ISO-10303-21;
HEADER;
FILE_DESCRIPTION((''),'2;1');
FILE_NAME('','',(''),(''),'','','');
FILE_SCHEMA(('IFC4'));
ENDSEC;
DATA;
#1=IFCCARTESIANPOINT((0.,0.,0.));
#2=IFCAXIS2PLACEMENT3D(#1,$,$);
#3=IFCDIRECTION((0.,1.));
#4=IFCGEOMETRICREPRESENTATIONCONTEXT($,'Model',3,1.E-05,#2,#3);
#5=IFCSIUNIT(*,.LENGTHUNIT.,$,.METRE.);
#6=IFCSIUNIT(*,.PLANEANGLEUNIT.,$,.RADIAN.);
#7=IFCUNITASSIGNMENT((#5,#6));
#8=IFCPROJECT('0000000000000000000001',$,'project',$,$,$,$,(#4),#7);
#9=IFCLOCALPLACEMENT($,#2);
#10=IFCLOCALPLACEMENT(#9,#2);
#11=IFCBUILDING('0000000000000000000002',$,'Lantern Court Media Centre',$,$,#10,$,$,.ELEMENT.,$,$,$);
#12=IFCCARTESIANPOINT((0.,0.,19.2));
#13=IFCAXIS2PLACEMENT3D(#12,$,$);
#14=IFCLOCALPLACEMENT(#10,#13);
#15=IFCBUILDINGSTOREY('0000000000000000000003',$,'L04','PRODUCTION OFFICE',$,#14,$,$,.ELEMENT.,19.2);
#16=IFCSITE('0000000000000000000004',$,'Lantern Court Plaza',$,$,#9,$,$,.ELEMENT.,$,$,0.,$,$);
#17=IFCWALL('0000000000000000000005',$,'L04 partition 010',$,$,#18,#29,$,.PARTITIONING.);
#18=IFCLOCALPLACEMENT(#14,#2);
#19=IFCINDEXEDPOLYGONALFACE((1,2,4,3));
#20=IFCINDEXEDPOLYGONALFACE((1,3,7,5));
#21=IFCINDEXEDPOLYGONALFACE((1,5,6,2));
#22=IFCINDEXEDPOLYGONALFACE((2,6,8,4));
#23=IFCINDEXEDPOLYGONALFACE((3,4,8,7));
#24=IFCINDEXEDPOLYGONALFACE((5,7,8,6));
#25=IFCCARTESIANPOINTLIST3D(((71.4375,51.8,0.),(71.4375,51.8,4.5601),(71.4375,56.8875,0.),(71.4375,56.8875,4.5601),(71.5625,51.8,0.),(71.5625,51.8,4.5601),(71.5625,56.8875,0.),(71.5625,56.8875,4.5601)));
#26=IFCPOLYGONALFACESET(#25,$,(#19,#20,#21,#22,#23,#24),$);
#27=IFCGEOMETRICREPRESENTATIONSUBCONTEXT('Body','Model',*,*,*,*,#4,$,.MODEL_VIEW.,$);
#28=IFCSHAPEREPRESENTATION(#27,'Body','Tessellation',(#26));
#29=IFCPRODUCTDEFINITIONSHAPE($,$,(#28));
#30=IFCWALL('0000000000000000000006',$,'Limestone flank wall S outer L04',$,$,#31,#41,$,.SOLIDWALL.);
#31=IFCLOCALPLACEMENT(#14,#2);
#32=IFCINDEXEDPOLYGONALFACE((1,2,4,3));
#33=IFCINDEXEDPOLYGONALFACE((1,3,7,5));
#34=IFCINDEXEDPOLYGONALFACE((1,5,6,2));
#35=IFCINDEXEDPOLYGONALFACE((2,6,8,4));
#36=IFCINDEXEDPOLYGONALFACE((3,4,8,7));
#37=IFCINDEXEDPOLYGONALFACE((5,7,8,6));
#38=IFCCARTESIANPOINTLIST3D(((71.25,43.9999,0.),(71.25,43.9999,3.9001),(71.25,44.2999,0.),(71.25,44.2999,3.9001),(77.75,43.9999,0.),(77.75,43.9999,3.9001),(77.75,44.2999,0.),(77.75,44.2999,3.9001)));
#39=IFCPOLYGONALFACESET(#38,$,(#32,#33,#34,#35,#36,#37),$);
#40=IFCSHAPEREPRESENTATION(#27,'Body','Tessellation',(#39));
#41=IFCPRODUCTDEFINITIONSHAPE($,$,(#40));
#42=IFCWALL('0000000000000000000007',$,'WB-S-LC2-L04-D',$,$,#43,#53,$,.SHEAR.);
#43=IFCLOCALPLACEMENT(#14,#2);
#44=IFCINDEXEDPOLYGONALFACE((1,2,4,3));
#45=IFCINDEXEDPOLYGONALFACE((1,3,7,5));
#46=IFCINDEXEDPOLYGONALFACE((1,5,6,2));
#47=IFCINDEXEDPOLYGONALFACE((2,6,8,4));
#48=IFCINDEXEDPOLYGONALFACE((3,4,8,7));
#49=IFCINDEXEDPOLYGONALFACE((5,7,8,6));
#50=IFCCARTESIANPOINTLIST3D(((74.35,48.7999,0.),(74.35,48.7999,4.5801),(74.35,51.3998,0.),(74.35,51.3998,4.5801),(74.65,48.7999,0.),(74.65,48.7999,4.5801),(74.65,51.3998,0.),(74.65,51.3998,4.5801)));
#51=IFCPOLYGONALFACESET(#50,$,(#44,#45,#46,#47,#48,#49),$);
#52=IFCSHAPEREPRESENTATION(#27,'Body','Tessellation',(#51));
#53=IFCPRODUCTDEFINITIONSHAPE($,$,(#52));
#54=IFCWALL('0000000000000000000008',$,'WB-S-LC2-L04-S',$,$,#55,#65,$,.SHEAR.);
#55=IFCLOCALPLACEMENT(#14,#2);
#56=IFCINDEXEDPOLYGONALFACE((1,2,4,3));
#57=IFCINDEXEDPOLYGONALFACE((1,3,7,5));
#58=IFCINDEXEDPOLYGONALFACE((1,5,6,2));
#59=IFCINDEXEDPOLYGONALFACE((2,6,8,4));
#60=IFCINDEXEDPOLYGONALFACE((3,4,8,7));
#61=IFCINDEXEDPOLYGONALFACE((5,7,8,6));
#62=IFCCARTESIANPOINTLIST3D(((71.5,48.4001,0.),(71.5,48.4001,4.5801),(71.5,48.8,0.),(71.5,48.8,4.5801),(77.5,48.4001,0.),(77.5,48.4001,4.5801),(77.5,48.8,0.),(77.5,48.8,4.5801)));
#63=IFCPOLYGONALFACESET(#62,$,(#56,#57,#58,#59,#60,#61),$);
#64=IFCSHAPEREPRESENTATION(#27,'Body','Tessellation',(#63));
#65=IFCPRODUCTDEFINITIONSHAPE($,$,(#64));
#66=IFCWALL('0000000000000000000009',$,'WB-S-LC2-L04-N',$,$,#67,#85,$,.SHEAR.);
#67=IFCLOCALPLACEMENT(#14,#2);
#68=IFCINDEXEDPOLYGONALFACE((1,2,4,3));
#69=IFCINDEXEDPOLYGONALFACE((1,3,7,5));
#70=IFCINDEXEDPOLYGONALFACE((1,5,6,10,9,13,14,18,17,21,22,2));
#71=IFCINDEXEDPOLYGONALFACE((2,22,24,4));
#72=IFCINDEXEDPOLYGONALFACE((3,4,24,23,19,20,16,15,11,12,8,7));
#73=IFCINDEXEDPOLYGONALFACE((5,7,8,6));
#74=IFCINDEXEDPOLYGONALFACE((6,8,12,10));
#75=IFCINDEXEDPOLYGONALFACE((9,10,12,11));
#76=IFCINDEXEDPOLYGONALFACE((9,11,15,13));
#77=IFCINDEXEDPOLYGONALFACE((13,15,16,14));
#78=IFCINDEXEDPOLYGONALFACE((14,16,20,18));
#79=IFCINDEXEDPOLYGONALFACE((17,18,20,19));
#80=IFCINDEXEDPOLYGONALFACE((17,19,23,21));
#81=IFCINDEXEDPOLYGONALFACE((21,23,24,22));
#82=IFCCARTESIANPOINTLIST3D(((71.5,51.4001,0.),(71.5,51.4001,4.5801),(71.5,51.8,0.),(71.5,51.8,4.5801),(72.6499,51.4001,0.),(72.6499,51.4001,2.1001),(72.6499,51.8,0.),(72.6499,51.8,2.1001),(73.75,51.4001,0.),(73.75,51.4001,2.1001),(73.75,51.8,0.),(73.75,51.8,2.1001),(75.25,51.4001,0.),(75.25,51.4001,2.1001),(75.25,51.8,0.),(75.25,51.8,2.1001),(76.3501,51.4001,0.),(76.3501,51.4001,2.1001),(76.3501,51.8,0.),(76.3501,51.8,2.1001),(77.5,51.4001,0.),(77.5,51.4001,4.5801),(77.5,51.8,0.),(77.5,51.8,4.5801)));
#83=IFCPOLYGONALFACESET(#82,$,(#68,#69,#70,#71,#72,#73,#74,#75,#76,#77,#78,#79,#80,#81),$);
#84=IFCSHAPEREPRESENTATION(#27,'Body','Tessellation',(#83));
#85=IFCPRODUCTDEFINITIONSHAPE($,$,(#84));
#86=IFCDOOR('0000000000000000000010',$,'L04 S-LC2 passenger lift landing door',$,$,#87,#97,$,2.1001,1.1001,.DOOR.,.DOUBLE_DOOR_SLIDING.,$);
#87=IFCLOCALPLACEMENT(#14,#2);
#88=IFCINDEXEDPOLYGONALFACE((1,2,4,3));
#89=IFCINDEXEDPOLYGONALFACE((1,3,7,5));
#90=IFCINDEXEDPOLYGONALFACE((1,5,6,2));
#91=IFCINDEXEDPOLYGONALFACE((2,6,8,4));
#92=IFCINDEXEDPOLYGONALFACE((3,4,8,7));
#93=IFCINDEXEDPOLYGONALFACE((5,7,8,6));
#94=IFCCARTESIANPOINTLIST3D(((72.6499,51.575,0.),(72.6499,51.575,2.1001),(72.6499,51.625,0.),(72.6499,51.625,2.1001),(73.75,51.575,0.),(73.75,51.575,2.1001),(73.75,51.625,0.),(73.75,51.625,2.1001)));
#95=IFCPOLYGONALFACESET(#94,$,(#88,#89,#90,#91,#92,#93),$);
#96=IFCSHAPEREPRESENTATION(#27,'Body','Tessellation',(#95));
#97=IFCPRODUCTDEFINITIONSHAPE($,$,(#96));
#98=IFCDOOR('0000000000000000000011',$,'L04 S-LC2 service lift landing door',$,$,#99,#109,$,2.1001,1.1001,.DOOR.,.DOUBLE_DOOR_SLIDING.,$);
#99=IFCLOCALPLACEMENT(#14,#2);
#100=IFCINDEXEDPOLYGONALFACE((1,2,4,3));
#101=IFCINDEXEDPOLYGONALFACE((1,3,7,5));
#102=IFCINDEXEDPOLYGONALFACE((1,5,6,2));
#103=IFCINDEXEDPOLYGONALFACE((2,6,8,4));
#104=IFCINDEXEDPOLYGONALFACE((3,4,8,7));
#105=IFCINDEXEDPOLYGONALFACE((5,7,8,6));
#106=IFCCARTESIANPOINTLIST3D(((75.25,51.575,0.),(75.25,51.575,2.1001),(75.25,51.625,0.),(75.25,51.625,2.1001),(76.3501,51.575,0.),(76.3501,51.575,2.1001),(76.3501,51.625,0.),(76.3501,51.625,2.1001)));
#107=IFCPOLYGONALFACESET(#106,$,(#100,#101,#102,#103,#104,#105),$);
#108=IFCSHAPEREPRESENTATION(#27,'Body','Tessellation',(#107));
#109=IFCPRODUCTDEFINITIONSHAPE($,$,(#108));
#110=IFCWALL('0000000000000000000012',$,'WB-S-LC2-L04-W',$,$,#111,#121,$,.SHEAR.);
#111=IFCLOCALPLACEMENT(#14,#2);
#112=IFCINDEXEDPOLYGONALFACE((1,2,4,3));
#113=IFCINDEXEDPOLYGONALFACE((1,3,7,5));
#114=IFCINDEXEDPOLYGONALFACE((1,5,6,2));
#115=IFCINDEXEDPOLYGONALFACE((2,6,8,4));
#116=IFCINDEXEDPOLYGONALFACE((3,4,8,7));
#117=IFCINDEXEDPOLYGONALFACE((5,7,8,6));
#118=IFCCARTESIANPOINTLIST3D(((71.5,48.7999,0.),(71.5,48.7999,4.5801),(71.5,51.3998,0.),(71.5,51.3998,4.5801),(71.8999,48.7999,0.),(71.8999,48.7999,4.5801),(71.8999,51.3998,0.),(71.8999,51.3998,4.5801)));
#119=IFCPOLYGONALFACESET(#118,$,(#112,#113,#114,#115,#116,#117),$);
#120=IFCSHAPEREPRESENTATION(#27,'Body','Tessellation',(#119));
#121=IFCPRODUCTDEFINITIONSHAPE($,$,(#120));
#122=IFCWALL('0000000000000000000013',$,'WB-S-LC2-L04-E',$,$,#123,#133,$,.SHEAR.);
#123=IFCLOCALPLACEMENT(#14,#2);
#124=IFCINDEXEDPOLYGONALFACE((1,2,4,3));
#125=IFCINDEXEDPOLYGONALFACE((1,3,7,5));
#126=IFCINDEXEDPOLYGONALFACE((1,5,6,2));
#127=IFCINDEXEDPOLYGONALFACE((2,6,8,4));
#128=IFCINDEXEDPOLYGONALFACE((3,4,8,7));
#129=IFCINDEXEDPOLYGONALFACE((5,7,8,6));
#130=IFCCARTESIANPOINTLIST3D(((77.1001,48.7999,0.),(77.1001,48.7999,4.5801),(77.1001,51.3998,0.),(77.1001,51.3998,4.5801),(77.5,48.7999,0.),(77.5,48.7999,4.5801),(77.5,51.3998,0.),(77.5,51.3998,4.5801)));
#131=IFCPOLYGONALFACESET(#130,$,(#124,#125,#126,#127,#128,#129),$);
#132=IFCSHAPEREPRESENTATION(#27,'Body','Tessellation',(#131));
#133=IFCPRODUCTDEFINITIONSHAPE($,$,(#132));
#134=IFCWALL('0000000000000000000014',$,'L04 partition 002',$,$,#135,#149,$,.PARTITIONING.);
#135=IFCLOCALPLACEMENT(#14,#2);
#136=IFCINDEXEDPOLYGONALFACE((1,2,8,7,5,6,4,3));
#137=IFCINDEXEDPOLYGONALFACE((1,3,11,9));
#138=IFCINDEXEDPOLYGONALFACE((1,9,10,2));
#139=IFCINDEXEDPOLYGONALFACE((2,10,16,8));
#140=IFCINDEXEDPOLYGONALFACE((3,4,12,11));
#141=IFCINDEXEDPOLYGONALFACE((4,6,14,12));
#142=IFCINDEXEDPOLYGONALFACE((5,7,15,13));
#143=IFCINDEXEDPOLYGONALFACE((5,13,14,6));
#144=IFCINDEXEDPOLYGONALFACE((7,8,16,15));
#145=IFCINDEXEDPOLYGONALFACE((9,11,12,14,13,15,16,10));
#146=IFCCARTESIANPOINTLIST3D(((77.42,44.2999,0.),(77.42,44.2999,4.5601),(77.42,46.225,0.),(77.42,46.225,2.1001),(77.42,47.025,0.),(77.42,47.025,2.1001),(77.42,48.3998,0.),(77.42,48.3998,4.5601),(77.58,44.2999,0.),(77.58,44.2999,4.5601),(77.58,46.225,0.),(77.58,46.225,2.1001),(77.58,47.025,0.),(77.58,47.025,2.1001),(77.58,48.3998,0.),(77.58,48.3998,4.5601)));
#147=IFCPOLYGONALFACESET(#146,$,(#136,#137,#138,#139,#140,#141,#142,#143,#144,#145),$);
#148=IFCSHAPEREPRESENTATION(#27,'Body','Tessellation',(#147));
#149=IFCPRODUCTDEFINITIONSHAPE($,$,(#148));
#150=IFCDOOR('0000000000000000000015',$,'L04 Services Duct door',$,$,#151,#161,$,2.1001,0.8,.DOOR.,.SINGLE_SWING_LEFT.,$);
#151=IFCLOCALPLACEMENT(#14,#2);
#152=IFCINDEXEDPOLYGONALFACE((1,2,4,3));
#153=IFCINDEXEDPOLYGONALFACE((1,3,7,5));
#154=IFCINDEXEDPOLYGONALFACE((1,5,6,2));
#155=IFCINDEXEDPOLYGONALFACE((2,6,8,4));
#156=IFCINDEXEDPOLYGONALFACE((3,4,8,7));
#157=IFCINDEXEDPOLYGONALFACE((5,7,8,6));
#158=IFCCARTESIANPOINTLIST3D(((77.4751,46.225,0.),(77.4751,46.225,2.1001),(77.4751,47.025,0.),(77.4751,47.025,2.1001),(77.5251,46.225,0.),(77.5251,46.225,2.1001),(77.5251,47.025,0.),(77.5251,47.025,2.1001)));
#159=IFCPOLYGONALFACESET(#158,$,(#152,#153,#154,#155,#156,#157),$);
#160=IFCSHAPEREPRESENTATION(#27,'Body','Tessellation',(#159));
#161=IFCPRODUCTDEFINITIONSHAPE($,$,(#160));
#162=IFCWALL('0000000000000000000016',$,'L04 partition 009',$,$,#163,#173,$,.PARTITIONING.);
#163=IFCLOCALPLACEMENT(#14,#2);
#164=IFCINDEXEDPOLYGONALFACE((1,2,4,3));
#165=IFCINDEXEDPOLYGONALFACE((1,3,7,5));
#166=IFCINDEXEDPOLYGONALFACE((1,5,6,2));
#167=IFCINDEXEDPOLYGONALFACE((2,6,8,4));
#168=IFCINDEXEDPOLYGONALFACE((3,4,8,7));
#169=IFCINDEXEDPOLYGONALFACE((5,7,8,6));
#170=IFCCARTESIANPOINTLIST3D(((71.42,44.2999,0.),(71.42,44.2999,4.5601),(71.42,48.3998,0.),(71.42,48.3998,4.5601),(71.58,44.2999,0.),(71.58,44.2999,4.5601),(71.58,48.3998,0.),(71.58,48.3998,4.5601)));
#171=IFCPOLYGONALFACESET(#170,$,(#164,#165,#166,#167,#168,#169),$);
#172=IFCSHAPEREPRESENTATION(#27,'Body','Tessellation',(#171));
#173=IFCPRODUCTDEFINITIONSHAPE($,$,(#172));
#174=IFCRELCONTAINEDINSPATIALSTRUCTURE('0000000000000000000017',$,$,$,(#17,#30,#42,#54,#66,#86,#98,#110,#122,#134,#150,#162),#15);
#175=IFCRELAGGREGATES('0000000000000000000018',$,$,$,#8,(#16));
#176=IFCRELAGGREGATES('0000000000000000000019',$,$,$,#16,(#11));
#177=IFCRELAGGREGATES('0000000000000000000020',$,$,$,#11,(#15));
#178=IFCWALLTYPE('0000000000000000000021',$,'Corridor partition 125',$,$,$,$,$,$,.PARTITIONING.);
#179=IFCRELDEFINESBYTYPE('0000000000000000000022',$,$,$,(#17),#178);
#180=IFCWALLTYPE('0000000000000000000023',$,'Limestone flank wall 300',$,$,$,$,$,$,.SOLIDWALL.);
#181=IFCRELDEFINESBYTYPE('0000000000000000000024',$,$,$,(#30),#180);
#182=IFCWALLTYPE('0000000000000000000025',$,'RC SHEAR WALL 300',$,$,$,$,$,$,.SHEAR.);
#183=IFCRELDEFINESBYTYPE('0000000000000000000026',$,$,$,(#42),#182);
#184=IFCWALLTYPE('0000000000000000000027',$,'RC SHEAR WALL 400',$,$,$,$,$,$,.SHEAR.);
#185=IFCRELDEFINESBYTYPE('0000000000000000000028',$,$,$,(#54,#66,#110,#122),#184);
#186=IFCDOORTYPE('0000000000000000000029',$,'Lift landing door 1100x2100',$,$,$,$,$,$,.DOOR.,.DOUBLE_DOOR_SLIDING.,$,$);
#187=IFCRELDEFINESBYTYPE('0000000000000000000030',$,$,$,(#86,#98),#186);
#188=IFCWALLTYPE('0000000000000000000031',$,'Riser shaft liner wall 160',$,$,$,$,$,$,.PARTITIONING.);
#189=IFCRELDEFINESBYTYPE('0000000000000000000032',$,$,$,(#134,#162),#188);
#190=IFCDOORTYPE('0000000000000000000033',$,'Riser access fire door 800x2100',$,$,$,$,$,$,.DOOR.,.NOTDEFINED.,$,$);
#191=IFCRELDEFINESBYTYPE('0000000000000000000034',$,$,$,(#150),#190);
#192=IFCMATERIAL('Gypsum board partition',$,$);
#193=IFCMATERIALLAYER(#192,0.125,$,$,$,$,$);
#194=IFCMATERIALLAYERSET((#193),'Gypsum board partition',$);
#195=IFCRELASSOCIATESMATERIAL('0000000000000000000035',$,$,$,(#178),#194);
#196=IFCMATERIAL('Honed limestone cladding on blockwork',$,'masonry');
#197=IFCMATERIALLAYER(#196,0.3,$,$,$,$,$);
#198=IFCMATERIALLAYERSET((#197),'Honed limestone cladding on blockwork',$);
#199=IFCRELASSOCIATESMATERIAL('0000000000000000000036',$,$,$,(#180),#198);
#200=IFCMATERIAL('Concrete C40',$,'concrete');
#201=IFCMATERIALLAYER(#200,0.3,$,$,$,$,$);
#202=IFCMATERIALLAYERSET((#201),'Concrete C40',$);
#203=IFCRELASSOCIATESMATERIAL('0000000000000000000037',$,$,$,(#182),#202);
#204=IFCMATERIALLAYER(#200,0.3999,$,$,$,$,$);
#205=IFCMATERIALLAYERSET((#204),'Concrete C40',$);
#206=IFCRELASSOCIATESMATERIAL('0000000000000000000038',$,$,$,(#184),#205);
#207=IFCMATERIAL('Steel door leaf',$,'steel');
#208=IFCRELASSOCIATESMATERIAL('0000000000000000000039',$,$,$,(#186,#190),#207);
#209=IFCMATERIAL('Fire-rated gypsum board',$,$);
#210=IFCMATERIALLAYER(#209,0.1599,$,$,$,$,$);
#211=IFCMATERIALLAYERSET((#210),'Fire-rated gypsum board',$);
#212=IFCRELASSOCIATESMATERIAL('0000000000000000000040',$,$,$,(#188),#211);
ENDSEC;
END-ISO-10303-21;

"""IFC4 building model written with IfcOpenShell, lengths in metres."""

from ifc_helpers import new_model, si_unit, direction, frame, frame_2d, origin, place, context, subcontext, project, spatial, rectangle, extrude, material, layer, layer_set, type_object, element, fill, save


model = new_model("IFC4")

# Units and contexts
model_context = context("Model", 3, precision=1e-05, world=origin(), true_north=direction((0.0, 1.0)))
body_context = subcontext(model_context, "Body", "Model", "MODEL_VIEW")
ifc_project = project(units=[si_unit("LENGTHUNIT", "METRE"), si_unit("PLANEANGLEUNIT", "RADIAN")], contexts=[model_context])

# Site, building, storey
site_placement = place(None, origin())
site = spatial("IfcSite", under=ifc_project, at=site_placement, Name="Lantern Court Plaza", CompositionType="ELEMENT", RefElevation=0.0)
building_placement = place(site_placement, origin())
building = spatial("IfcBuilding", under=site, at=building_placement, Name="Lantern Court Media Centre", CompositionType="ELEMENT")
storey_placement = place(building_placement, frame((0.0, 0.0, 19.2)))
storey = spatial("IfcBuildingStorey", under=building, at=storey_placement, Name="L04", Description="PRODUCTION OFFICE", CompositionType="ELEMENT", Elevation=19.2)

# Walls
ifc_material_1 = material(Name="Gypsum board partition")
ifc_layer_1 = layer(ifc_material_1, 0.125)
ifc_layer_set_1 = layer_set([ifc_layer_1], Name="Gypsum board partition")
wall_type_1 = type_object("IfcWallType", Name="Corridor partition 125", PredefinedType="PARTITIONING", material=ifc_layer_set_1)
wall_1_placement = place(storey_placement, frame((71.5, 51.8, 0.0), z_axis=(0.0, 0.0, 1.0), x_axis=(0.0, 1.0, 0.0)))
element("IfcWall", 1, at=wall_1_placement, inside=storey, type_object=wall_type_1, Name="L04 partition 010", PredefinedType="PARTITIONING", context=body_context, shape_type="SweptSolid", body=[
    extrude(rectangle(XDim=5.0874, YDim=0.125, at=frame_2d((2.5437, 0.0))), origin(), (0.0, 0.0, 1.0), 4.5601),
])
ifc_material_2 = material(Name="Honed limestone cladding on blockwork", Category="masonry")
ifc_layer_2 = layer(ifc_material_2, 0.3)
ifc_layer_set_2 = layer_set([ifc_layer_2], Name="Honed limestone cladding on blockwork")
wall_type_2 = type_object("IfcWallType", Name="Limestone flank wall 300", PredefinedType="SOLIDWALL", material=ifc_layer_set_2)
wall_2_placement = place(storey_placement, frame((71.25, 44.1499, 0.0), z_axis=(0.0, 0.0, 1.0), x_axis=(1.0, 0.0, 0.0)))
element("IfcWall", 2, at=wall_2_placement, inside=storey, type_object=wall_type_2, Name="Limestone flank wall S outer L04", PredefinedType="SOLIDWALL", context=body_context, shape_type="SweptSolid", body=[
    extrude(rectangle(XDim=6.5, YDim=0.3, at=frame_2d((3.25, 0.0))), origin(), (0.0, 0.0, 1.0), 3.9001),
])
ifc_material_3 = material(Name="Concrete C40", Category="concrete")
ifc_layer_3 = layer(ifc_material_3, 0.3)
ifc_layer_set_3 = layer_set([ifc_layer_3], Name="Concrete C40")
wall_type_3 = type_object("IfcWallType", Name="RC SHEAR WALL 300", PredefinedType="SHEAR", material=ifc_layer_set_3)
wall_3_placement = place(storey_placement, frame((74.5, 48.8, 0.0), z_axis=(0.0, 0.0, 1.0), x_axis=(0.0, 1.0, 0.0)))
element("IfcWall", 3, at=wall_3_placement, inside=storey, type_object=wall_type_3, Name="WB-S-LC2-L04-D", PredefinedType="SHEAR", context=body_context, shape_type="SweptSolid", body=[
    extrude(rectangle(XDim=2.5999, YDim=0.3, at=frame_2d((1.2998, 0.0))), origin(), (0.0, 0.0, 1.0), 4.5801),
])
ifc_layer_4 = layer(ifc_material_3, 0.3999)
ifc_layer_set_4 = layer_set([ifc_layer_4], Name="Concrete C40")
wall_type_4 = type_object("IfcWallType", Name="RC SHEAR WALL 400", PredefinedType="SHEAR", material=ifc_layer_set_4)
wall_4_placement = place(storey_placement, frame((71.5, 48.6001, 0.0), z_axis=(0.0, 0.0, 1.0), x_axis=(1.0, 0.0, 0.0)))
element("IfcWall", 4, at=wall_4_placement, inside=storey, type_object=wall_type_4, Name="WB-S-LC2-L04-S", PredefinedType="SHEAR", context=body_context, shape_type="SweptSolid", body=[
    extrude(rectangle(XDim=6.0, YDim=0.3999, at=frame_2d((3.0, 0.0))), origin(), (0.0, 0.0, 1.0), 4.5801),
])

# Wall, openings, doors
wall_5_placement = place(storey_placement, frame((71.5, 51.6001, 0.0), z_axis=(0.0, 0.0, 1.0), x_axis=(1.0, 0.0, 0.0)))
wall_5 = element("IfcWall", 5, at=wall_5_placement, inside=storey, type_object=wall_type_4, Name="WB-S-LC2-L04-N", PredefinedType="SHEAR", context=body_context, shape_type="SweptSolid", body=[
    extrude(rectangle(XDim=6.0, YDim=0.3999, at=frame_2d((3.0, 0.0))), origin(), (0.0, 0.0, 1.0), 4.5801),
])
opening_1_placement = place(wall_5_placement, frame((1.1499, 0.0, 0.0)))
opening_1 = element("IfcOpeningElement", 6, at=opening_1_placement, cuts=wall_5, PredefinedType="OPENING", context=body_context, shape_type="SweptSolid", body=[
    extrude(rectangle(XDim=1.1001, YDim=2.1001, at=frame_2d((0.55, 1.05))), frame((0.0, 0.21, 0.0), z_axis=(0.0, -1.0, 0.0), x_axis=(1.0, 0.0, 0.0)), (0.0, 0.0, 1.0), 0.4199),
])
opening_2_placement = place(wall_5_placement, frame((3.75, 0.0, 0.0)))
opening_2 = element("IfcOpeningElement", 7, at=opening_2_placement, cuts=wall_5, PredefinedType="OPENING", context=body_context, shape_type="SweptSolid", body=[
    extrude(rectangle(XDim=1.1001, YDim=2.1001, at=frame_2d((0.55, 1.05))), frame((0.0, 0.21, 0.0), z_axis=(0.0, -1.0, 0.0), x_axis=(1.0, 0.0, 0.0)), (0.0, 0.0, 1.0), 0.4199),
])
ifc_material_4 = material(Name="Steel door leaf", Category="steel")
door_type_1 = type_object("IfcDoorType", Name="Lift landing door 1100x2100", OperationType="DOUBLE_DOOR_SLIDING", PredefinedType="DOOR", material=ifc_material_4)
door_1_placement = place(opening_1_placement, origin())
door_1 = element("IfcDoor", 8, at=door_1_placement, inside=storey, type_object=door_type_1, Name="L04 S-LC2 passenger lift landing door", OperationType="DOUBLE_DOOR_SLIDING", OverallHeight=2.1001, OverallWidth=1.1001, PredefinedType="DOOR", context=body_context, shape_type="SweptSolid", body=[
    extrude(rectangle(XDim=1.1001, YDim=2.1001, at=frame_2d((0.55, 1.05))), frame((0.0, 0.0249, 0.0), z_axis=(0.0, -1.0, 0.0), x_axis=(1.0, 0.0, 0.0)), (0.0, 0.0, 1.0), 0.05),
])
fill(opening_1, door_1)
door_2_placement = place(opening_2_placement, origin())
door_2 = element("IfcDoor", 9, at=door_2_placement, inside=storey, type_object=door_type_1, Name="L04 S-LC2 service lift landing door", OperationType="DOUBLE_DOOR_SLIDING", OverallHeight=2.1001, OverallWidth=1.1001, PredefinedType="DOOR", context=body_context, shape_type="SweptSolid", body=[
    extrude(rectangle(XDim=1.1001, YDim=2.1001, at=frame_2d((0.55, 1.05))), frame((0.0, 0.0249, 0.0), z_axis=(0.0, -1.0, 0.0), x_axis=(1.0, 0.0, 0.0)), (0.0, 0.0, 1.0), 0.05),
])
fill(opening_2, door_2)

# Walls
for number, where, z_axis, x_axis, name in (
    (10, (71.7, 48.8, 0.0), (0.0, 0.0, 1.0), (0.0, 1.0, 0.0), "WB-S-LC2-L04-W"),
    (11, (77.3, 48.8, 0.0), (0.0, 0.0, 1.0), (0.0, 1.0, 0.0), "WB-S-LC2-L04-E"),
):
    element("IfcWall", number, at=place(storey_placement, frame(where, z_axis=z_axis, x_axis=x_axis)), inside=storey, type_object=wall_type_4, Name=name, PredefinedType="SHEAR", context=body_context, shape_type="SweptSolid", body=[
        extrude(rectangle(XDim=2.5999, YDim=0.3999, at=frame_2d((1.2998, 0.0))), origin(), (0.0, 0.0, 1.0), 4.5801),
    ])

# Wall, opening, door
ifc_material_5 = material(Name="Fire-rated gypsum board")
ifc_layer_5 = layer(ifc_material_5, 0.1599)
ifc_layer_set_5 = layer_set([ifc_layer_5], Name="Fire-rated gypsum board")
wall_type_5 = type_object("IfcWallType", Name="Riser shaft liner wall 160", PredefinedType="PARTITIONING", material=ifc_layer_set_5)
wall_6_placement = place(storey_placement, frame((77.5, 44.3, 0.0), z_axis=(0.0, 0.0, 1.0), x_axis=(0.0, 1.0, 0.0)))
wall_6 = element("IfcWall", 12, at=wall_6_placement, inside=storey, type_object=wall_type_5, Name="L04 partition 002", PredefinedType="PARTITIONING", context=body_context, shape_type="SweptSolid", body=[
    extrude(rectangle(XDim=4.0999, YDim=0.1599, at=frame_2d((2.0498, 0.0))), origin(), (0.0, 0.0, 1.0), 4.5601),
])
opening_3_placement = place(wall_6_placement, frame((1.925, 0.0, 0.0)))
opening_3 = element("IfcOpeningElement", 13, at=opening_3_placement, cuts=wall_6, PredefinedType="OPENING", context=body_context, shape_type="SweptSolid", body=[
    extrude(rectangle(XDim=0.8, YDim=2.1001, at=frame_2d((0.3999, 1.05))), frame((0.0, 0.0898, 0.0), z_axis=(0.0, -1.0, 0.0), x_axis=(1.0, 0.0, 0.0)), (0.0, 0.0, 1.0), 0.1799),
])
door_type_2 = type_object("IfcDoorType", Name="Riser access fire door 800x2100", OperationType="NOTDEFINED", PredefinedType="DOOR", material=ifc_material_4)
door_3_placement = place(opening_3_placement, origin())
door_3 = element("IfcDoor", 14, at=door_3_placement, inside=storey, type_object=door_type_2, Name="L04 Services Duct door", OperationType="SINGLE_SWING_LEFT", OverallHeight=2.1001, OverallWidth=0.8, PredefinedType="DOOR", context=body_context, shape_type="SweptSolid", body=[
    extrude(rectangle(XDim=0.8, YDim=2.1001, at=frame_2d((0.3999, 1.05))), frame((0.0, 0.0249, 0.0), z_axis=(0.0, -1.0, 0.0), x_axis=(1.0, 0.0, 0.0)), (0.0, 0.0, 1.0), 0.05),
])
fill(opening_3, door_3)

# Wall
wall_7_placement = place(storey_placement, frame((71.5, 44.3, 0.0), z_axis=(0.0, 0.0, 1.0), x_axis=(0.0, 1.0, 0.0)))
element("IfcWall", 15, at=wall_7_placement, inside=storey, type_object=wall_type_5, Name="L04 partition 009", PredefinedType="PARTITIONING", context=body_context, shape_type="SweptSolid", body=[
    extrude(rectangle(XDim=4.0999, YDim=0.1599, at=frame_2d((2.0498, 0.0))), origin(), (0.0, 0.0, 1.0), 4.5601),
])

save(model, "model.ifc")
